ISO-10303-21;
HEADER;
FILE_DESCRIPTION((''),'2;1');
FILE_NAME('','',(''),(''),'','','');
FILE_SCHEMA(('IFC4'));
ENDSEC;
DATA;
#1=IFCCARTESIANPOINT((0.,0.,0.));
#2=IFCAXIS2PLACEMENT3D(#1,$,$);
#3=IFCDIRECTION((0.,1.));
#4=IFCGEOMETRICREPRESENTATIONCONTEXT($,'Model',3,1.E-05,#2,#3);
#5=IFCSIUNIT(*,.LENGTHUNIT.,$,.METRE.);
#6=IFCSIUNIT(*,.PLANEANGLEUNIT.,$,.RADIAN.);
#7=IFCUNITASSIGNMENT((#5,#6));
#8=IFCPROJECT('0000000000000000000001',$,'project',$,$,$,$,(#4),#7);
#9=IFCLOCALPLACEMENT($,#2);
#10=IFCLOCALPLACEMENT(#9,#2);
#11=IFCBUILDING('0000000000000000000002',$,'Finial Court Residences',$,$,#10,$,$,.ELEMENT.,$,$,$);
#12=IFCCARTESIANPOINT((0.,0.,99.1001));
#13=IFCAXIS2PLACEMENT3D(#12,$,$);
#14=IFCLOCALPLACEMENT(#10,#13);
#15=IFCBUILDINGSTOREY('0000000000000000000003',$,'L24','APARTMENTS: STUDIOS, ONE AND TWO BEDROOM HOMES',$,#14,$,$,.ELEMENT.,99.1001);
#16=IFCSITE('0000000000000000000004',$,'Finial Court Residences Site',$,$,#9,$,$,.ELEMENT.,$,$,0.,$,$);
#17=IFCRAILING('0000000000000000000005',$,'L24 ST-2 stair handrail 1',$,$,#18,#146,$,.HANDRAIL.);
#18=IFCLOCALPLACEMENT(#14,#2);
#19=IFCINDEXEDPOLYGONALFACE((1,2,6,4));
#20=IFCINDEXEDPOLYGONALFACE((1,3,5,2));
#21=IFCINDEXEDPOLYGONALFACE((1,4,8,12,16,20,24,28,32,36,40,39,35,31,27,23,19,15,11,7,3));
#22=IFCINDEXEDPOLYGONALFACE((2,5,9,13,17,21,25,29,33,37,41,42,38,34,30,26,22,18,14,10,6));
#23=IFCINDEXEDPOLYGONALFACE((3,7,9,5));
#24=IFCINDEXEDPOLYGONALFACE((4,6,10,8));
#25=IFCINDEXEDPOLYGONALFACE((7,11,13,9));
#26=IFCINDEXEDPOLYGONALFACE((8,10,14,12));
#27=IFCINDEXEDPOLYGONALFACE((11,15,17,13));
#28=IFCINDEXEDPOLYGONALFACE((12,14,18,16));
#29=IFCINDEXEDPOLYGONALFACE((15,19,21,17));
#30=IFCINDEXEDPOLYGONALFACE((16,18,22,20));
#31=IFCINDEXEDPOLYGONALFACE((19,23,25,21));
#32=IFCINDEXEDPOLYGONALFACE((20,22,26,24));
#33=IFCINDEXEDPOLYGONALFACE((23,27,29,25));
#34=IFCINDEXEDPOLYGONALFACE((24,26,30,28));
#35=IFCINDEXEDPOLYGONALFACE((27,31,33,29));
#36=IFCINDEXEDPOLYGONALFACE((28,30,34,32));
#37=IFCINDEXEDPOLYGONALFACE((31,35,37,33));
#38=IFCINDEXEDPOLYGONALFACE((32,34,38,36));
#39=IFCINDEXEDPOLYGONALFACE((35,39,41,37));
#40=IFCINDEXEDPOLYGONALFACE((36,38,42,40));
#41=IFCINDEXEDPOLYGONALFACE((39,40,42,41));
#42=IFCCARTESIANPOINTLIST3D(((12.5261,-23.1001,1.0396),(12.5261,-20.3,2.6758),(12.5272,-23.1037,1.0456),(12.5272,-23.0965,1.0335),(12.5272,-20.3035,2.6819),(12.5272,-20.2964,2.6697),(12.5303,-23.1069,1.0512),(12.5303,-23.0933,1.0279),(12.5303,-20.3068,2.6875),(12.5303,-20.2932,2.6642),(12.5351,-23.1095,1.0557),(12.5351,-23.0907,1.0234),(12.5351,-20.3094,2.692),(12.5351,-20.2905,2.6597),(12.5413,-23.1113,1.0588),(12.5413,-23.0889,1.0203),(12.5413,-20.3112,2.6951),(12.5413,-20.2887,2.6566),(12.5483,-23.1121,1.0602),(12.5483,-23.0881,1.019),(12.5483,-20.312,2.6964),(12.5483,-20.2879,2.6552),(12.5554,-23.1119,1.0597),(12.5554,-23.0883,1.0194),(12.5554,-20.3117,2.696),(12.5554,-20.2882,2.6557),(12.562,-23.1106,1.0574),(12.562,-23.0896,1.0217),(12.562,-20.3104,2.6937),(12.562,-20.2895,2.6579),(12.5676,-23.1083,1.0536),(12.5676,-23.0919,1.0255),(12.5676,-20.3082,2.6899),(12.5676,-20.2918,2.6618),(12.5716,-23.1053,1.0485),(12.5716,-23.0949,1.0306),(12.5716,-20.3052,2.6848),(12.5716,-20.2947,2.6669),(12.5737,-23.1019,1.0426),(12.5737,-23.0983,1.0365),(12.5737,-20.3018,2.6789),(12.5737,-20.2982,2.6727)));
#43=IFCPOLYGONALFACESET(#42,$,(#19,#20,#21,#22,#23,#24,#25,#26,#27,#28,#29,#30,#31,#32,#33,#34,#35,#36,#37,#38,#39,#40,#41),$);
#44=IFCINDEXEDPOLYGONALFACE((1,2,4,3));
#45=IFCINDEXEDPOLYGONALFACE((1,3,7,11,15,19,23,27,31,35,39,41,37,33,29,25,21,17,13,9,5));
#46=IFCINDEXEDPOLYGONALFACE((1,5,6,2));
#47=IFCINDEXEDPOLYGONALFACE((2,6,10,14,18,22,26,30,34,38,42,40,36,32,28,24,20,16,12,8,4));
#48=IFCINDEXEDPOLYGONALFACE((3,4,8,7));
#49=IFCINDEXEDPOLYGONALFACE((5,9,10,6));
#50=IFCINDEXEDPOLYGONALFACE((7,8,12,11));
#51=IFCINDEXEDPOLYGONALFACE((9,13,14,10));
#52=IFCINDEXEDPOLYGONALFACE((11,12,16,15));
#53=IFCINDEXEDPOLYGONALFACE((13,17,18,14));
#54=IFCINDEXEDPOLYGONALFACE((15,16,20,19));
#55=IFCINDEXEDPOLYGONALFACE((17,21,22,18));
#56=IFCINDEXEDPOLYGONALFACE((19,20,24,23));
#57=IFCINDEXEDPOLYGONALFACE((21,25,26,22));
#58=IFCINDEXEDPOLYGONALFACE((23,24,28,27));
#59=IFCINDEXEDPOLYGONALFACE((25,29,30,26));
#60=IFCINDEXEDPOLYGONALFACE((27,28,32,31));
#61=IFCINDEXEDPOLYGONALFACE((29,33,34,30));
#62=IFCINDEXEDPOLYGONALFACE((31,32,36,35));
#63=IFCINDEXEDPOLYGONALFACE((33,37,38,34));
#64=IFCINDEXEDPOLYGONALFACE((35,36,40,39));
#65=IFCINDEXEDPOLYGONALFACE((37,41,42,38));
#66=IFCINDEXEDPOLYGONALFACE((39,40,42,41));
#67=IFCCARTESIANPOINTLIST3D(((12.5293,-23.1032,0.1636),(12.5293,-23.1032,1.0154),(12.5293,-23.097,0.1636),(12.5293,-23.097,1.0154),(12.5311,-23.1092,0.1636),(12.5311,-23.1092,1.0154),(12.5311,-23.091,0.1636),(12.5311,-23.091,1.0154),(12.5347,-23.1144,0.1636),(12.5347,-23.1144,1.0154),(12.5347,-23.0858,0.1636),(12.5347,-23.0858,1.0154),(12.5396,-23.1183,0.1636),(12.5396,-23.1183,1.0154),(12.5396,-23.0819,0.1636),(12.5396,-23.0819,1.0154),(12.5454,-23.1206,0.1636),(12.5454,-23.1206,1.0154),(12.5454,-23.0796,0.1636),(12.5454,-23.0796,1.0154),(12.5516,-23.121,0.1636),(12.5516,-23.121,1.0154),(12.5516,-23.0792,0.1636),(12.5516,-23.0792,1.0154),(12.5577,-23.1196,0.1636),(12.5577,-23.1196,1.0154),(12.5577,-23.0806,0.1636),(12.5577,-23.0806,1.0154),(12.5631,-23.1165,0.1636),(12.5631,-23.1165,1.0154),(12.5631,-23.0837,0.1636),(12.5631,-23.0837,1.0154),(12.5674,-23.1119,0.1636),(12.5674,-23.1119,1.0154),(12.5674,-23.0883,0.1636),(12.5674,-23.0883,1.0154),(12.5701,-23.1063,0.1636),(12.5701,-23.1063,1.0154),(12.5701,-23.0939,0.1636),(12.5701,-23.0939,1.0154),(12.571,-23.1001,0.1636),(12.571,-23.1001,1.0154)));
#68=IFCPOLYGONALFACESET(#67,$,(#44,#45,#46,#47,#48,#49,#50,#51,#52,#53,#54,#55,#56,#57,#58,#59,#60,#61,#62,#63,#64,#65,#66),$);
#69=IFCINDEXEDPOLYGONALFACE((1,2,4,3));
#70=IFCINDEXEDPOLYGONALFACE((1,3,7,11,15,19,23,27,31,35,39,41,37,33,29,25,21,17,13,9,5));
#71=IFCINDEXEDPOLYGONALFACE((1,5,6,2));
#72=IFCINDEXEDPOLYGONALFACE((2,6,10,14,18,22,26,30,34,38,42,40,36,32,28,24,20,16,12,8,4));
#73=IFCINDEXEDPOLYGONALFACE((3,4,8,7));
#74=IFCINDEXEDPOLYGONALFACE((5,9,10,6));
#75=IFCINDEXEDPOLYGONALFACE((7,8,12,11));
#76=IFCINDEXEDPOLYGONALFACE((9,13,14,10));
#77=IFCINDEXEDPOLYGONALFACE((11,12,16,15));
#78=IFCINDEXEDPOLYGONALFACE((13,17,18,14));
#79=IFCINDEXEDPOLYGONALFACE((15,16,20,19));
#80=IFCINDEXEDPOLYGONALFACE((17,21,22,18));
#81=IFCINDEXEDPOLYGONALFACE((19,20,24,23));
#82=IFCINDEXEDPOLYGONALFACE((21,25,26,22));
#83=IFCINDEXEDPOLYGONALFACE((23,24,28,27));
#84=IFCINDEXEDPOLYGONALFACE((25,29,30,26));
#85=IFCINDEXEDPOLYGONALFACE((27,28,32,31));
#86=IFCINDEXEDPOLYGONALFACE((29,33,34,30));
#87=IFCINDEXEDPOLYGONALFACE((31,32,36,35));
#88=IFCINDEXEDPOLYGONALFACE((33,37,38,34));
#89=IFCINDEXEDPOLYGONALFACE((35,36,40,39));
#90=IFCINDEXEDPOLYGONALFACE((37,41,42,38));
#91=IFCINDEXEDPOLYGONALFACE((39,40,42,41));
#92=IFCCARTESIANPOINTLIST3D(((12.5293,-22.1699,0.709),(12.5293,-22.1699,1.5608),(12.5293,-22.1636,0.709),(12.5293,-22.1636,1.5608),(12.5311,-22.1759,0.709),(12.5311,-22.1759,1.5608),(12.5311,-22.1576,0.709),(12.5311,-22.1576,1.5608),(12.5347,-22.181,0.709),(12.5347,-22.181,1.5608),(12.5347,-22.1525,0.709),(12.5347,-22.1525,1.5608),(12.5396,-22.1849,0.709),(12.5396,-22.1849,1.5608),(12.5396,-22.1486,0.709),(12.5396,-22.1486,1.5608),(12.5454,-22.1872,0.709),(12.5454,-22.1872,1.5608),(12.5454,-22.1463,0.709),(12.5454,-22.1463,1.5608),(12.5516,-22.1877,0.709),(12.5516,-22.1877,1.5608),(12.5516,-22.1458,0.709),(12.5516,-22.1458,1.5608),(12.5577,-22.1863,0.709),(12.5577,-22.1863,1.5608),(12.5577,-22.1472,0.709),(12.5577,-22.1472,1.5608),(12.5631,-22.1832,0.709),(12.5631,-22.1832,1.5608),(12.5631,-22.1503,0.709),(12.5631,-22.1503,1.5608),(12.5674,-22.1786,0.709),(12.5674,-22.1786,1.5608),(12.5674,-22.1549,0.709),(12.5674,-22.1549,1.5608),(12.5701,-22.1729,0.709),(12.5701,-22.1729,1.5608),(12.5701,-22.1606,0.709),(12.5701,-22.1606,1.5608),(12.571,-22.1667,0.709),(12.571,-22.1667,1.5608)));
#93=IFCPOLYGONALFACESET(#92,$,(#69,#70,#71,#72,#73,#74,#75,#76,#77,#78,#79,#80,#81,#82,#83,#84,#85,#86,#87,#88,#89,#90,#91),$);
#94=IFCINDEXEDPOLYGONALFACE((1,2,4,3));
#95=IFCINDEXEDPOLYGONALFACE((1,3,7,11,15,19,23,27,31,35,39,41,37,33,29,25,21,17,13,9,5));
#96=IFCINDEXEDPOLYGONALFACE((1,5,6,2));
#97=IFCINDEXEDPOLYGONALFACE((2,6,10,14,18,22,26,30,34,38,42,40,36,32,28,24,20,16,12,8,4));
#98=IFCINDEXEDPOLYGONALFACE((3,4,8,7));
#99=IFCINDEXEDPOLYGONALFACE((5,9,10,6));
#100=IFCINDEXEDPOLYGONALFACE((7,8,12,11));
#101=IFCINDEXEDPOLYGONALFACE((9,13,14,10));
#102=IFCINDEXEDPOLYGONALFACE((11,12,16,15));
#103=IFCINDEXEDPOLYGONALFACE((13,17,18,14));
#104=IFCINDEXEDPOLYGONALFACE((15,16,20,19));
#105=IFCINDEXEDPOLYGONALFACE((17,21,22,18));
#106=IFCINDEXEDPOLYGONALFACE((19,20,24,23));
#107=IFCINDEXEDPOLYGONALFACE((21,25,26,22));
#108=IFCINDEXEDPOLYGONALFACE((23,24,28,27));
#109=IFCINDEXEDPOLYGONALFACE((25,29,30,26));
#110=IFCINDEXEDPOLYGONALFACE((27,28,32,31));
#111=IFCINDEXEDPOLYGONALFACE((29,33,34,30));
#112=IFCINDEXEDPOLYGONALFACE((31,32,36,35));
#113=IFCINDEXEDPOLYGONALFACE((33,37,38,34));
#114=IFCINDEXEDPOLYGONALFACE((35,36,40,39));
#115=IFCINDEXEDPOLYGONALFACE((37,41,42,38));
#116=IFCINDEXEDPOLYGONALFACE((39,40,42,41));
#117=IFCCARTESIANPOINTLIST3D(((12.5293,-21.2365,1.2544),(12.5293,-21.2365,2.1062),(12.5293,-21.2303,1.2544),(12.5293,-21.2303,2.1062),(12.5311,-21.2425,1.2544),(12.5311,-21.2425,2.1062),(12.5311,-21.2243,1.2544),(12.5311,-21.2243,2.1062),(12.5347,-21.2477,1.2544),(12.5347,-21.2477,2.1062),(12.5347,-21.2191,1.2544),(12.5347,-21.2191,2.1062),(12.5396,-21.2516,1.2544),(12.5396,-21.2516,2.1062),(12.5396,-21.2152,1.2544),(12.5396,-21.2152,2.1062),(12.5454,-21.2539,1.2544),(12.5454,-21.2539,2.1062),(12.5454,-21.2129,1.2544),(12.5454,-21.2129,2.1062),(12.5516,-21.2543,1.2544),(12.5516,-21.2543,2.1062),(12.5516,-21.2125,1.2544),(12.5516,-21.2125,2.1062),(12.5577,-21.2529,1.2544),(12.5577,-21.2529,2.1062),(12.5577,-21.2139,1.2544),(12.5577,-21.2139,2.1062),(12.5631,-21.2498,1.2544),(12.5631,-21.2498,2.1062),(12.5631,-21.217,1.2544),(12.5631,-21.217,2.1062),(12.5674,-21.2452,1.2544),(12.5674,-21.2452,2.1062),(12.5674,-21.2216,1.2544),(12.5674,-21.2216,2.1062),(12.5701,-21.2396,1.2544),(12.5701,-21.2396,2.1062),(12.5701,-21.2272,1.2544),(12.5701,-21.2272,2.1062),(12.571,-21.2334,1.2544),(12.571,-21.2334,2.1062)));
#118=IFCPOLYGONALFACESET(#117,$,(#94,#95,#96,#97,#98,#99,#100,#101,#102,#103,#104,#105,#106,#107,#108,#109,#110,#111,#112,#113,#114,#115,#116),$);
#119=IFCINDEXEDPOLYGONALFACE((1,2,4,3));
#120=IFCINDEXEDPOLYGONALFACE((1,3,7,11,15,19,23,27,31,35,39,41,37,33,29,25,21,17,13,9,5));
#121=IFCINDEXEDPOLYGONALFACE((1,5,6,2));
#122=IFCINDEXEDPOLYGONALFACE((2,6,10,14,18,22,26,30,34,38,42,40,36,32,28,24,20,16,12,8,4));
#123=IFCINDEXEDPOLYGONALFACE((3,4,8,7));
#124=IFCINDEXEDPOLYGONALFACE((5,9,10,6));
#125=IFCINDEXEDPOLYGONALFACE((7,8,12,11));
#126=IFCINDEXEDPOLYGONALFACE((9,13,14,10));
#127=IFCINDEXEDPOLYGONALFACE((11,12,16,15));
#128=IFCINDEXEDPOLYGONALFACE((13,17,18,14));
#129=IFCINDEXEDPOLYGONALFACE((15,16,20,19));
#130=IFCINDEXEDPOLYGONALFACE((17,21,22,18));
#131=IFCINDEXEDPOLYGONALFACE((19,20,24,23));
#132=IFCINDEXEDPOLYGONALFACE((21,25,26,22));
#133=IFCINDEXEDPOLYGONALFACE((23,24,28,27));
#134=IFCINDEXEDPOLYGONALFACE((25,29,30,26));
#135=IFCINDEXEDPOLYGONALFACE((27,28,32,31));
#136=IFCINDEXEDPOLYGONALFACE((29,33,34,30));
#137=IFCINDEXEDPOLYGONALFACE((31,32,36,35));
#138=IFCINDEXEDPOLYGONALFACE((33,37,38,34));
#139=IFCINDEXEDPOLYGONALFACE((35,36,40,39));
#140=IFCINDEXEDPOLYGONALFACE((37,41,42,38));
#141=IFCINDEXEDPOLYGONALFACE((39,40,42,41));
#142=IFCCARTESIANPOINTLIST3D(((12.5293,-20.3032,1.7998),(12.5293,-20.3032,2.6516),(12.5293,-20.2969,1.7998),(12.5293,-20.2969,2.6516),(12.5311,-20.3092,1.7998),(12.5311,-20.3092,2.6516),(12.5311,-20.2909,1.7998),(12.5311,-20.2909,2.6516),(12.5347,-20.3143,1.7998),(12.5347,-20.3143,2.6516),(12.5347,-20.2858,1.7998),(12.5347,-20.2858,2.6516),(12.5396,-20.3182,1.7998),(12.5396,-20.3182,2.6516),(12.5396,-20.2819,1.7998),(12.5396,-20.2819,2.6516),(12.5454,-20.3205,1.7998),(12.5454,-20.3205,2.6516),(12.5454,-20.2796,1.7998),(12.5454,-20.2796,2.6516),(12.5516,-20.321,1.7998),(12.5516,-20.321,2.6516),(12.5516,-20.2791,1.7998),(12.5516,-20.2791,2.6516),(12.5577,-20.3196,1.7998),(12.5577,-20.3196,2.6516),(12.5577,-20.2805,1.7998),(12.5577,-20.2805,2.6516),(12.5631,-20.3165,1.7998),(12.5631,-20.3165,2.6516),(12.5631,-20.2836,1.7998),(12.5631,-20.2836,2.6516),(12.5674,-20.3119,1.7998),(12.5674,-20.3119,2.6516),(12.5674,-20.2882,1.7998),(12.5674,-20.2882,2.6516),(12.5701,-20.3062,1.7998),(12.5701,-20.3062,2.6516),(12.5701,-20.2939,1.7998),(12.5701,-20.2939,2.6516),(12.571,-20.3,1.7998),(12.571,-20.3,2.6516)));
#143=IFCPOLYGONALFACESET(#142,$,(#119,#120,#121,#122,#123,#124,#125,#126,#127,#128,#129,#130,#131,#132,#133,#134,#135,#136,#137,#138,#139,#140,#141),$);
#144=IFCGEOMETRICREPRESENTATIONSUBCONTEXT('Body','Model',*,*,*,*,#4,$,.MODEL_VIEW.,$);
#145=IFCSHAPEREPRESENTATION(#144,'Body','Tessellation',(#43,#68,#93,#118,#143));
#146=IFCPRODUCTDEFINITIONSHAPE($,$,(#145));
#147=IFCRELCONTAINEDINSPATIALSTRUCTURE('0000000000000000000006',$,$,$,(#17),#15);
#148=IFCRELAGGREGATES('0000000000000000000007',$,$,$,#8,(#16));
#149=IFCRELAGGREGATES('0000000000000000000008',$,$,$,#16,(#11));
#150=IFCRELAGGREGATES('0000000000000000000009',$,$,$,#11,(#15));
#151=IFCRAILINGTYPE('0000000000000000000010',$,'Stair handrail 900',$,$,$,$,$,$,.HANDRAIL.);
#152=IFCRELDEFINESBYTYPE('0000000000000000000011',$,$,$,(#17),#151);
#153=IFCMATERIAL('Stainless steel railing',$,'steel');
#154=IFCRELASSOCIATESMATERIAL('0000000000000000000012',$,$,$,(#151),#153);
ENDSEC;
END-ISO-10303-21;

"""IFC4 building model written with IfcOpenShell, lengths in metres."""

from ifc_helpers import new_model, si_unit, direction, frame, origin, origin_2d, place, context, subcontext, project, spatial, circle, extrude, material, type_object, element, save


model = new_model("IFC4")

# Units and contexts
model_context = context("Model", 3, precision=1e-05, world=origin(), true_north=direction((0.0, 1.0)))
body_context = subcontext(model_context, "Body", "Model", "MODEL_VIEW")
ifc_project = project(units=[si_unit("LENGTHUNIT", "METRE"), si_unit("PLANEANGLEUNIT", "RADIAN")], contexts=[model_context])

# Site, building, storey
site_placement = place(None, origin())
site = spatial("IfcSite", under=ifc_project, at=site_placement, Name="Finial Court Residences Site", CompositionType="ELEMENT", RefElevation=0.0)
building_placement = place(site_placement, origin())
building = spatial("IfcBuilding", under=site, at=building_placement, Name="Finial Court Residences", CompositionType="ELEMENT")
storey_placement = place(building_placement, frame((0.0, 0.0, 99.1001)))
storey = spatial("IfcBuildingStorey", under=building, at=storey_placement, Name="L24", Description="APARTMENTS: STUDIOS, ONE AND TWO BEDROOM HOMES", CompositionType="ELEMENT", Elevation=99.1001)

# Railing
ifc_material_1 = material(Name="Stainless steel railing", Category="steel")
railing_type_1 = type_object("IfcRailingType", Name="Stair handrail 900", PredefinedType="HANDRAIL", material=ifc_material_1)
railing_1_placement = place(storey_placement, frame((12.55, -23.1001, 0.1636)))
element("IfcRailing", 1, at=railing_1_placement, inside=storey, type_object=railing_type_1, Name="L24 ST-2 stair handrail 1", PredefinedType="HANDRAIL", context=body_context, shape_type="SweptSolid", body=[
    extrude(circle(Radius=0.0239, at=origin_2d()), frame((0.0, 0.0, 0.876), z_axis=(0.0, 0.863394, 0.504531), x_axis=(-1.0, 0.0, 0.0)), (0.0, 0.0, 1.0), 3.2432),
    extrude(circle(Radius=0.021, at=origin_2d()), origin(), (0.0, 0.0, 1.0), 0.8518),
    extrude(circle(Radius=0.021, at=origin_2d()), frame((0.0, 0.9333, 0.5454)), (0.0, 0.0, 1.0), 0.8518),
    extrude(circle(Radius=0.021, at=origin_2d()), frame((0.0, 1.8667, 1.0908)), (0.0, 0.0, 1.0), 0.8518),
    extrude(circle(Radius=0.021, at=origin_2d()), frame((0.0, 2.8, 1.6362)), (0.0, 0.0, 1.0), 0.8518),
])

save(model, "model.ifc")
